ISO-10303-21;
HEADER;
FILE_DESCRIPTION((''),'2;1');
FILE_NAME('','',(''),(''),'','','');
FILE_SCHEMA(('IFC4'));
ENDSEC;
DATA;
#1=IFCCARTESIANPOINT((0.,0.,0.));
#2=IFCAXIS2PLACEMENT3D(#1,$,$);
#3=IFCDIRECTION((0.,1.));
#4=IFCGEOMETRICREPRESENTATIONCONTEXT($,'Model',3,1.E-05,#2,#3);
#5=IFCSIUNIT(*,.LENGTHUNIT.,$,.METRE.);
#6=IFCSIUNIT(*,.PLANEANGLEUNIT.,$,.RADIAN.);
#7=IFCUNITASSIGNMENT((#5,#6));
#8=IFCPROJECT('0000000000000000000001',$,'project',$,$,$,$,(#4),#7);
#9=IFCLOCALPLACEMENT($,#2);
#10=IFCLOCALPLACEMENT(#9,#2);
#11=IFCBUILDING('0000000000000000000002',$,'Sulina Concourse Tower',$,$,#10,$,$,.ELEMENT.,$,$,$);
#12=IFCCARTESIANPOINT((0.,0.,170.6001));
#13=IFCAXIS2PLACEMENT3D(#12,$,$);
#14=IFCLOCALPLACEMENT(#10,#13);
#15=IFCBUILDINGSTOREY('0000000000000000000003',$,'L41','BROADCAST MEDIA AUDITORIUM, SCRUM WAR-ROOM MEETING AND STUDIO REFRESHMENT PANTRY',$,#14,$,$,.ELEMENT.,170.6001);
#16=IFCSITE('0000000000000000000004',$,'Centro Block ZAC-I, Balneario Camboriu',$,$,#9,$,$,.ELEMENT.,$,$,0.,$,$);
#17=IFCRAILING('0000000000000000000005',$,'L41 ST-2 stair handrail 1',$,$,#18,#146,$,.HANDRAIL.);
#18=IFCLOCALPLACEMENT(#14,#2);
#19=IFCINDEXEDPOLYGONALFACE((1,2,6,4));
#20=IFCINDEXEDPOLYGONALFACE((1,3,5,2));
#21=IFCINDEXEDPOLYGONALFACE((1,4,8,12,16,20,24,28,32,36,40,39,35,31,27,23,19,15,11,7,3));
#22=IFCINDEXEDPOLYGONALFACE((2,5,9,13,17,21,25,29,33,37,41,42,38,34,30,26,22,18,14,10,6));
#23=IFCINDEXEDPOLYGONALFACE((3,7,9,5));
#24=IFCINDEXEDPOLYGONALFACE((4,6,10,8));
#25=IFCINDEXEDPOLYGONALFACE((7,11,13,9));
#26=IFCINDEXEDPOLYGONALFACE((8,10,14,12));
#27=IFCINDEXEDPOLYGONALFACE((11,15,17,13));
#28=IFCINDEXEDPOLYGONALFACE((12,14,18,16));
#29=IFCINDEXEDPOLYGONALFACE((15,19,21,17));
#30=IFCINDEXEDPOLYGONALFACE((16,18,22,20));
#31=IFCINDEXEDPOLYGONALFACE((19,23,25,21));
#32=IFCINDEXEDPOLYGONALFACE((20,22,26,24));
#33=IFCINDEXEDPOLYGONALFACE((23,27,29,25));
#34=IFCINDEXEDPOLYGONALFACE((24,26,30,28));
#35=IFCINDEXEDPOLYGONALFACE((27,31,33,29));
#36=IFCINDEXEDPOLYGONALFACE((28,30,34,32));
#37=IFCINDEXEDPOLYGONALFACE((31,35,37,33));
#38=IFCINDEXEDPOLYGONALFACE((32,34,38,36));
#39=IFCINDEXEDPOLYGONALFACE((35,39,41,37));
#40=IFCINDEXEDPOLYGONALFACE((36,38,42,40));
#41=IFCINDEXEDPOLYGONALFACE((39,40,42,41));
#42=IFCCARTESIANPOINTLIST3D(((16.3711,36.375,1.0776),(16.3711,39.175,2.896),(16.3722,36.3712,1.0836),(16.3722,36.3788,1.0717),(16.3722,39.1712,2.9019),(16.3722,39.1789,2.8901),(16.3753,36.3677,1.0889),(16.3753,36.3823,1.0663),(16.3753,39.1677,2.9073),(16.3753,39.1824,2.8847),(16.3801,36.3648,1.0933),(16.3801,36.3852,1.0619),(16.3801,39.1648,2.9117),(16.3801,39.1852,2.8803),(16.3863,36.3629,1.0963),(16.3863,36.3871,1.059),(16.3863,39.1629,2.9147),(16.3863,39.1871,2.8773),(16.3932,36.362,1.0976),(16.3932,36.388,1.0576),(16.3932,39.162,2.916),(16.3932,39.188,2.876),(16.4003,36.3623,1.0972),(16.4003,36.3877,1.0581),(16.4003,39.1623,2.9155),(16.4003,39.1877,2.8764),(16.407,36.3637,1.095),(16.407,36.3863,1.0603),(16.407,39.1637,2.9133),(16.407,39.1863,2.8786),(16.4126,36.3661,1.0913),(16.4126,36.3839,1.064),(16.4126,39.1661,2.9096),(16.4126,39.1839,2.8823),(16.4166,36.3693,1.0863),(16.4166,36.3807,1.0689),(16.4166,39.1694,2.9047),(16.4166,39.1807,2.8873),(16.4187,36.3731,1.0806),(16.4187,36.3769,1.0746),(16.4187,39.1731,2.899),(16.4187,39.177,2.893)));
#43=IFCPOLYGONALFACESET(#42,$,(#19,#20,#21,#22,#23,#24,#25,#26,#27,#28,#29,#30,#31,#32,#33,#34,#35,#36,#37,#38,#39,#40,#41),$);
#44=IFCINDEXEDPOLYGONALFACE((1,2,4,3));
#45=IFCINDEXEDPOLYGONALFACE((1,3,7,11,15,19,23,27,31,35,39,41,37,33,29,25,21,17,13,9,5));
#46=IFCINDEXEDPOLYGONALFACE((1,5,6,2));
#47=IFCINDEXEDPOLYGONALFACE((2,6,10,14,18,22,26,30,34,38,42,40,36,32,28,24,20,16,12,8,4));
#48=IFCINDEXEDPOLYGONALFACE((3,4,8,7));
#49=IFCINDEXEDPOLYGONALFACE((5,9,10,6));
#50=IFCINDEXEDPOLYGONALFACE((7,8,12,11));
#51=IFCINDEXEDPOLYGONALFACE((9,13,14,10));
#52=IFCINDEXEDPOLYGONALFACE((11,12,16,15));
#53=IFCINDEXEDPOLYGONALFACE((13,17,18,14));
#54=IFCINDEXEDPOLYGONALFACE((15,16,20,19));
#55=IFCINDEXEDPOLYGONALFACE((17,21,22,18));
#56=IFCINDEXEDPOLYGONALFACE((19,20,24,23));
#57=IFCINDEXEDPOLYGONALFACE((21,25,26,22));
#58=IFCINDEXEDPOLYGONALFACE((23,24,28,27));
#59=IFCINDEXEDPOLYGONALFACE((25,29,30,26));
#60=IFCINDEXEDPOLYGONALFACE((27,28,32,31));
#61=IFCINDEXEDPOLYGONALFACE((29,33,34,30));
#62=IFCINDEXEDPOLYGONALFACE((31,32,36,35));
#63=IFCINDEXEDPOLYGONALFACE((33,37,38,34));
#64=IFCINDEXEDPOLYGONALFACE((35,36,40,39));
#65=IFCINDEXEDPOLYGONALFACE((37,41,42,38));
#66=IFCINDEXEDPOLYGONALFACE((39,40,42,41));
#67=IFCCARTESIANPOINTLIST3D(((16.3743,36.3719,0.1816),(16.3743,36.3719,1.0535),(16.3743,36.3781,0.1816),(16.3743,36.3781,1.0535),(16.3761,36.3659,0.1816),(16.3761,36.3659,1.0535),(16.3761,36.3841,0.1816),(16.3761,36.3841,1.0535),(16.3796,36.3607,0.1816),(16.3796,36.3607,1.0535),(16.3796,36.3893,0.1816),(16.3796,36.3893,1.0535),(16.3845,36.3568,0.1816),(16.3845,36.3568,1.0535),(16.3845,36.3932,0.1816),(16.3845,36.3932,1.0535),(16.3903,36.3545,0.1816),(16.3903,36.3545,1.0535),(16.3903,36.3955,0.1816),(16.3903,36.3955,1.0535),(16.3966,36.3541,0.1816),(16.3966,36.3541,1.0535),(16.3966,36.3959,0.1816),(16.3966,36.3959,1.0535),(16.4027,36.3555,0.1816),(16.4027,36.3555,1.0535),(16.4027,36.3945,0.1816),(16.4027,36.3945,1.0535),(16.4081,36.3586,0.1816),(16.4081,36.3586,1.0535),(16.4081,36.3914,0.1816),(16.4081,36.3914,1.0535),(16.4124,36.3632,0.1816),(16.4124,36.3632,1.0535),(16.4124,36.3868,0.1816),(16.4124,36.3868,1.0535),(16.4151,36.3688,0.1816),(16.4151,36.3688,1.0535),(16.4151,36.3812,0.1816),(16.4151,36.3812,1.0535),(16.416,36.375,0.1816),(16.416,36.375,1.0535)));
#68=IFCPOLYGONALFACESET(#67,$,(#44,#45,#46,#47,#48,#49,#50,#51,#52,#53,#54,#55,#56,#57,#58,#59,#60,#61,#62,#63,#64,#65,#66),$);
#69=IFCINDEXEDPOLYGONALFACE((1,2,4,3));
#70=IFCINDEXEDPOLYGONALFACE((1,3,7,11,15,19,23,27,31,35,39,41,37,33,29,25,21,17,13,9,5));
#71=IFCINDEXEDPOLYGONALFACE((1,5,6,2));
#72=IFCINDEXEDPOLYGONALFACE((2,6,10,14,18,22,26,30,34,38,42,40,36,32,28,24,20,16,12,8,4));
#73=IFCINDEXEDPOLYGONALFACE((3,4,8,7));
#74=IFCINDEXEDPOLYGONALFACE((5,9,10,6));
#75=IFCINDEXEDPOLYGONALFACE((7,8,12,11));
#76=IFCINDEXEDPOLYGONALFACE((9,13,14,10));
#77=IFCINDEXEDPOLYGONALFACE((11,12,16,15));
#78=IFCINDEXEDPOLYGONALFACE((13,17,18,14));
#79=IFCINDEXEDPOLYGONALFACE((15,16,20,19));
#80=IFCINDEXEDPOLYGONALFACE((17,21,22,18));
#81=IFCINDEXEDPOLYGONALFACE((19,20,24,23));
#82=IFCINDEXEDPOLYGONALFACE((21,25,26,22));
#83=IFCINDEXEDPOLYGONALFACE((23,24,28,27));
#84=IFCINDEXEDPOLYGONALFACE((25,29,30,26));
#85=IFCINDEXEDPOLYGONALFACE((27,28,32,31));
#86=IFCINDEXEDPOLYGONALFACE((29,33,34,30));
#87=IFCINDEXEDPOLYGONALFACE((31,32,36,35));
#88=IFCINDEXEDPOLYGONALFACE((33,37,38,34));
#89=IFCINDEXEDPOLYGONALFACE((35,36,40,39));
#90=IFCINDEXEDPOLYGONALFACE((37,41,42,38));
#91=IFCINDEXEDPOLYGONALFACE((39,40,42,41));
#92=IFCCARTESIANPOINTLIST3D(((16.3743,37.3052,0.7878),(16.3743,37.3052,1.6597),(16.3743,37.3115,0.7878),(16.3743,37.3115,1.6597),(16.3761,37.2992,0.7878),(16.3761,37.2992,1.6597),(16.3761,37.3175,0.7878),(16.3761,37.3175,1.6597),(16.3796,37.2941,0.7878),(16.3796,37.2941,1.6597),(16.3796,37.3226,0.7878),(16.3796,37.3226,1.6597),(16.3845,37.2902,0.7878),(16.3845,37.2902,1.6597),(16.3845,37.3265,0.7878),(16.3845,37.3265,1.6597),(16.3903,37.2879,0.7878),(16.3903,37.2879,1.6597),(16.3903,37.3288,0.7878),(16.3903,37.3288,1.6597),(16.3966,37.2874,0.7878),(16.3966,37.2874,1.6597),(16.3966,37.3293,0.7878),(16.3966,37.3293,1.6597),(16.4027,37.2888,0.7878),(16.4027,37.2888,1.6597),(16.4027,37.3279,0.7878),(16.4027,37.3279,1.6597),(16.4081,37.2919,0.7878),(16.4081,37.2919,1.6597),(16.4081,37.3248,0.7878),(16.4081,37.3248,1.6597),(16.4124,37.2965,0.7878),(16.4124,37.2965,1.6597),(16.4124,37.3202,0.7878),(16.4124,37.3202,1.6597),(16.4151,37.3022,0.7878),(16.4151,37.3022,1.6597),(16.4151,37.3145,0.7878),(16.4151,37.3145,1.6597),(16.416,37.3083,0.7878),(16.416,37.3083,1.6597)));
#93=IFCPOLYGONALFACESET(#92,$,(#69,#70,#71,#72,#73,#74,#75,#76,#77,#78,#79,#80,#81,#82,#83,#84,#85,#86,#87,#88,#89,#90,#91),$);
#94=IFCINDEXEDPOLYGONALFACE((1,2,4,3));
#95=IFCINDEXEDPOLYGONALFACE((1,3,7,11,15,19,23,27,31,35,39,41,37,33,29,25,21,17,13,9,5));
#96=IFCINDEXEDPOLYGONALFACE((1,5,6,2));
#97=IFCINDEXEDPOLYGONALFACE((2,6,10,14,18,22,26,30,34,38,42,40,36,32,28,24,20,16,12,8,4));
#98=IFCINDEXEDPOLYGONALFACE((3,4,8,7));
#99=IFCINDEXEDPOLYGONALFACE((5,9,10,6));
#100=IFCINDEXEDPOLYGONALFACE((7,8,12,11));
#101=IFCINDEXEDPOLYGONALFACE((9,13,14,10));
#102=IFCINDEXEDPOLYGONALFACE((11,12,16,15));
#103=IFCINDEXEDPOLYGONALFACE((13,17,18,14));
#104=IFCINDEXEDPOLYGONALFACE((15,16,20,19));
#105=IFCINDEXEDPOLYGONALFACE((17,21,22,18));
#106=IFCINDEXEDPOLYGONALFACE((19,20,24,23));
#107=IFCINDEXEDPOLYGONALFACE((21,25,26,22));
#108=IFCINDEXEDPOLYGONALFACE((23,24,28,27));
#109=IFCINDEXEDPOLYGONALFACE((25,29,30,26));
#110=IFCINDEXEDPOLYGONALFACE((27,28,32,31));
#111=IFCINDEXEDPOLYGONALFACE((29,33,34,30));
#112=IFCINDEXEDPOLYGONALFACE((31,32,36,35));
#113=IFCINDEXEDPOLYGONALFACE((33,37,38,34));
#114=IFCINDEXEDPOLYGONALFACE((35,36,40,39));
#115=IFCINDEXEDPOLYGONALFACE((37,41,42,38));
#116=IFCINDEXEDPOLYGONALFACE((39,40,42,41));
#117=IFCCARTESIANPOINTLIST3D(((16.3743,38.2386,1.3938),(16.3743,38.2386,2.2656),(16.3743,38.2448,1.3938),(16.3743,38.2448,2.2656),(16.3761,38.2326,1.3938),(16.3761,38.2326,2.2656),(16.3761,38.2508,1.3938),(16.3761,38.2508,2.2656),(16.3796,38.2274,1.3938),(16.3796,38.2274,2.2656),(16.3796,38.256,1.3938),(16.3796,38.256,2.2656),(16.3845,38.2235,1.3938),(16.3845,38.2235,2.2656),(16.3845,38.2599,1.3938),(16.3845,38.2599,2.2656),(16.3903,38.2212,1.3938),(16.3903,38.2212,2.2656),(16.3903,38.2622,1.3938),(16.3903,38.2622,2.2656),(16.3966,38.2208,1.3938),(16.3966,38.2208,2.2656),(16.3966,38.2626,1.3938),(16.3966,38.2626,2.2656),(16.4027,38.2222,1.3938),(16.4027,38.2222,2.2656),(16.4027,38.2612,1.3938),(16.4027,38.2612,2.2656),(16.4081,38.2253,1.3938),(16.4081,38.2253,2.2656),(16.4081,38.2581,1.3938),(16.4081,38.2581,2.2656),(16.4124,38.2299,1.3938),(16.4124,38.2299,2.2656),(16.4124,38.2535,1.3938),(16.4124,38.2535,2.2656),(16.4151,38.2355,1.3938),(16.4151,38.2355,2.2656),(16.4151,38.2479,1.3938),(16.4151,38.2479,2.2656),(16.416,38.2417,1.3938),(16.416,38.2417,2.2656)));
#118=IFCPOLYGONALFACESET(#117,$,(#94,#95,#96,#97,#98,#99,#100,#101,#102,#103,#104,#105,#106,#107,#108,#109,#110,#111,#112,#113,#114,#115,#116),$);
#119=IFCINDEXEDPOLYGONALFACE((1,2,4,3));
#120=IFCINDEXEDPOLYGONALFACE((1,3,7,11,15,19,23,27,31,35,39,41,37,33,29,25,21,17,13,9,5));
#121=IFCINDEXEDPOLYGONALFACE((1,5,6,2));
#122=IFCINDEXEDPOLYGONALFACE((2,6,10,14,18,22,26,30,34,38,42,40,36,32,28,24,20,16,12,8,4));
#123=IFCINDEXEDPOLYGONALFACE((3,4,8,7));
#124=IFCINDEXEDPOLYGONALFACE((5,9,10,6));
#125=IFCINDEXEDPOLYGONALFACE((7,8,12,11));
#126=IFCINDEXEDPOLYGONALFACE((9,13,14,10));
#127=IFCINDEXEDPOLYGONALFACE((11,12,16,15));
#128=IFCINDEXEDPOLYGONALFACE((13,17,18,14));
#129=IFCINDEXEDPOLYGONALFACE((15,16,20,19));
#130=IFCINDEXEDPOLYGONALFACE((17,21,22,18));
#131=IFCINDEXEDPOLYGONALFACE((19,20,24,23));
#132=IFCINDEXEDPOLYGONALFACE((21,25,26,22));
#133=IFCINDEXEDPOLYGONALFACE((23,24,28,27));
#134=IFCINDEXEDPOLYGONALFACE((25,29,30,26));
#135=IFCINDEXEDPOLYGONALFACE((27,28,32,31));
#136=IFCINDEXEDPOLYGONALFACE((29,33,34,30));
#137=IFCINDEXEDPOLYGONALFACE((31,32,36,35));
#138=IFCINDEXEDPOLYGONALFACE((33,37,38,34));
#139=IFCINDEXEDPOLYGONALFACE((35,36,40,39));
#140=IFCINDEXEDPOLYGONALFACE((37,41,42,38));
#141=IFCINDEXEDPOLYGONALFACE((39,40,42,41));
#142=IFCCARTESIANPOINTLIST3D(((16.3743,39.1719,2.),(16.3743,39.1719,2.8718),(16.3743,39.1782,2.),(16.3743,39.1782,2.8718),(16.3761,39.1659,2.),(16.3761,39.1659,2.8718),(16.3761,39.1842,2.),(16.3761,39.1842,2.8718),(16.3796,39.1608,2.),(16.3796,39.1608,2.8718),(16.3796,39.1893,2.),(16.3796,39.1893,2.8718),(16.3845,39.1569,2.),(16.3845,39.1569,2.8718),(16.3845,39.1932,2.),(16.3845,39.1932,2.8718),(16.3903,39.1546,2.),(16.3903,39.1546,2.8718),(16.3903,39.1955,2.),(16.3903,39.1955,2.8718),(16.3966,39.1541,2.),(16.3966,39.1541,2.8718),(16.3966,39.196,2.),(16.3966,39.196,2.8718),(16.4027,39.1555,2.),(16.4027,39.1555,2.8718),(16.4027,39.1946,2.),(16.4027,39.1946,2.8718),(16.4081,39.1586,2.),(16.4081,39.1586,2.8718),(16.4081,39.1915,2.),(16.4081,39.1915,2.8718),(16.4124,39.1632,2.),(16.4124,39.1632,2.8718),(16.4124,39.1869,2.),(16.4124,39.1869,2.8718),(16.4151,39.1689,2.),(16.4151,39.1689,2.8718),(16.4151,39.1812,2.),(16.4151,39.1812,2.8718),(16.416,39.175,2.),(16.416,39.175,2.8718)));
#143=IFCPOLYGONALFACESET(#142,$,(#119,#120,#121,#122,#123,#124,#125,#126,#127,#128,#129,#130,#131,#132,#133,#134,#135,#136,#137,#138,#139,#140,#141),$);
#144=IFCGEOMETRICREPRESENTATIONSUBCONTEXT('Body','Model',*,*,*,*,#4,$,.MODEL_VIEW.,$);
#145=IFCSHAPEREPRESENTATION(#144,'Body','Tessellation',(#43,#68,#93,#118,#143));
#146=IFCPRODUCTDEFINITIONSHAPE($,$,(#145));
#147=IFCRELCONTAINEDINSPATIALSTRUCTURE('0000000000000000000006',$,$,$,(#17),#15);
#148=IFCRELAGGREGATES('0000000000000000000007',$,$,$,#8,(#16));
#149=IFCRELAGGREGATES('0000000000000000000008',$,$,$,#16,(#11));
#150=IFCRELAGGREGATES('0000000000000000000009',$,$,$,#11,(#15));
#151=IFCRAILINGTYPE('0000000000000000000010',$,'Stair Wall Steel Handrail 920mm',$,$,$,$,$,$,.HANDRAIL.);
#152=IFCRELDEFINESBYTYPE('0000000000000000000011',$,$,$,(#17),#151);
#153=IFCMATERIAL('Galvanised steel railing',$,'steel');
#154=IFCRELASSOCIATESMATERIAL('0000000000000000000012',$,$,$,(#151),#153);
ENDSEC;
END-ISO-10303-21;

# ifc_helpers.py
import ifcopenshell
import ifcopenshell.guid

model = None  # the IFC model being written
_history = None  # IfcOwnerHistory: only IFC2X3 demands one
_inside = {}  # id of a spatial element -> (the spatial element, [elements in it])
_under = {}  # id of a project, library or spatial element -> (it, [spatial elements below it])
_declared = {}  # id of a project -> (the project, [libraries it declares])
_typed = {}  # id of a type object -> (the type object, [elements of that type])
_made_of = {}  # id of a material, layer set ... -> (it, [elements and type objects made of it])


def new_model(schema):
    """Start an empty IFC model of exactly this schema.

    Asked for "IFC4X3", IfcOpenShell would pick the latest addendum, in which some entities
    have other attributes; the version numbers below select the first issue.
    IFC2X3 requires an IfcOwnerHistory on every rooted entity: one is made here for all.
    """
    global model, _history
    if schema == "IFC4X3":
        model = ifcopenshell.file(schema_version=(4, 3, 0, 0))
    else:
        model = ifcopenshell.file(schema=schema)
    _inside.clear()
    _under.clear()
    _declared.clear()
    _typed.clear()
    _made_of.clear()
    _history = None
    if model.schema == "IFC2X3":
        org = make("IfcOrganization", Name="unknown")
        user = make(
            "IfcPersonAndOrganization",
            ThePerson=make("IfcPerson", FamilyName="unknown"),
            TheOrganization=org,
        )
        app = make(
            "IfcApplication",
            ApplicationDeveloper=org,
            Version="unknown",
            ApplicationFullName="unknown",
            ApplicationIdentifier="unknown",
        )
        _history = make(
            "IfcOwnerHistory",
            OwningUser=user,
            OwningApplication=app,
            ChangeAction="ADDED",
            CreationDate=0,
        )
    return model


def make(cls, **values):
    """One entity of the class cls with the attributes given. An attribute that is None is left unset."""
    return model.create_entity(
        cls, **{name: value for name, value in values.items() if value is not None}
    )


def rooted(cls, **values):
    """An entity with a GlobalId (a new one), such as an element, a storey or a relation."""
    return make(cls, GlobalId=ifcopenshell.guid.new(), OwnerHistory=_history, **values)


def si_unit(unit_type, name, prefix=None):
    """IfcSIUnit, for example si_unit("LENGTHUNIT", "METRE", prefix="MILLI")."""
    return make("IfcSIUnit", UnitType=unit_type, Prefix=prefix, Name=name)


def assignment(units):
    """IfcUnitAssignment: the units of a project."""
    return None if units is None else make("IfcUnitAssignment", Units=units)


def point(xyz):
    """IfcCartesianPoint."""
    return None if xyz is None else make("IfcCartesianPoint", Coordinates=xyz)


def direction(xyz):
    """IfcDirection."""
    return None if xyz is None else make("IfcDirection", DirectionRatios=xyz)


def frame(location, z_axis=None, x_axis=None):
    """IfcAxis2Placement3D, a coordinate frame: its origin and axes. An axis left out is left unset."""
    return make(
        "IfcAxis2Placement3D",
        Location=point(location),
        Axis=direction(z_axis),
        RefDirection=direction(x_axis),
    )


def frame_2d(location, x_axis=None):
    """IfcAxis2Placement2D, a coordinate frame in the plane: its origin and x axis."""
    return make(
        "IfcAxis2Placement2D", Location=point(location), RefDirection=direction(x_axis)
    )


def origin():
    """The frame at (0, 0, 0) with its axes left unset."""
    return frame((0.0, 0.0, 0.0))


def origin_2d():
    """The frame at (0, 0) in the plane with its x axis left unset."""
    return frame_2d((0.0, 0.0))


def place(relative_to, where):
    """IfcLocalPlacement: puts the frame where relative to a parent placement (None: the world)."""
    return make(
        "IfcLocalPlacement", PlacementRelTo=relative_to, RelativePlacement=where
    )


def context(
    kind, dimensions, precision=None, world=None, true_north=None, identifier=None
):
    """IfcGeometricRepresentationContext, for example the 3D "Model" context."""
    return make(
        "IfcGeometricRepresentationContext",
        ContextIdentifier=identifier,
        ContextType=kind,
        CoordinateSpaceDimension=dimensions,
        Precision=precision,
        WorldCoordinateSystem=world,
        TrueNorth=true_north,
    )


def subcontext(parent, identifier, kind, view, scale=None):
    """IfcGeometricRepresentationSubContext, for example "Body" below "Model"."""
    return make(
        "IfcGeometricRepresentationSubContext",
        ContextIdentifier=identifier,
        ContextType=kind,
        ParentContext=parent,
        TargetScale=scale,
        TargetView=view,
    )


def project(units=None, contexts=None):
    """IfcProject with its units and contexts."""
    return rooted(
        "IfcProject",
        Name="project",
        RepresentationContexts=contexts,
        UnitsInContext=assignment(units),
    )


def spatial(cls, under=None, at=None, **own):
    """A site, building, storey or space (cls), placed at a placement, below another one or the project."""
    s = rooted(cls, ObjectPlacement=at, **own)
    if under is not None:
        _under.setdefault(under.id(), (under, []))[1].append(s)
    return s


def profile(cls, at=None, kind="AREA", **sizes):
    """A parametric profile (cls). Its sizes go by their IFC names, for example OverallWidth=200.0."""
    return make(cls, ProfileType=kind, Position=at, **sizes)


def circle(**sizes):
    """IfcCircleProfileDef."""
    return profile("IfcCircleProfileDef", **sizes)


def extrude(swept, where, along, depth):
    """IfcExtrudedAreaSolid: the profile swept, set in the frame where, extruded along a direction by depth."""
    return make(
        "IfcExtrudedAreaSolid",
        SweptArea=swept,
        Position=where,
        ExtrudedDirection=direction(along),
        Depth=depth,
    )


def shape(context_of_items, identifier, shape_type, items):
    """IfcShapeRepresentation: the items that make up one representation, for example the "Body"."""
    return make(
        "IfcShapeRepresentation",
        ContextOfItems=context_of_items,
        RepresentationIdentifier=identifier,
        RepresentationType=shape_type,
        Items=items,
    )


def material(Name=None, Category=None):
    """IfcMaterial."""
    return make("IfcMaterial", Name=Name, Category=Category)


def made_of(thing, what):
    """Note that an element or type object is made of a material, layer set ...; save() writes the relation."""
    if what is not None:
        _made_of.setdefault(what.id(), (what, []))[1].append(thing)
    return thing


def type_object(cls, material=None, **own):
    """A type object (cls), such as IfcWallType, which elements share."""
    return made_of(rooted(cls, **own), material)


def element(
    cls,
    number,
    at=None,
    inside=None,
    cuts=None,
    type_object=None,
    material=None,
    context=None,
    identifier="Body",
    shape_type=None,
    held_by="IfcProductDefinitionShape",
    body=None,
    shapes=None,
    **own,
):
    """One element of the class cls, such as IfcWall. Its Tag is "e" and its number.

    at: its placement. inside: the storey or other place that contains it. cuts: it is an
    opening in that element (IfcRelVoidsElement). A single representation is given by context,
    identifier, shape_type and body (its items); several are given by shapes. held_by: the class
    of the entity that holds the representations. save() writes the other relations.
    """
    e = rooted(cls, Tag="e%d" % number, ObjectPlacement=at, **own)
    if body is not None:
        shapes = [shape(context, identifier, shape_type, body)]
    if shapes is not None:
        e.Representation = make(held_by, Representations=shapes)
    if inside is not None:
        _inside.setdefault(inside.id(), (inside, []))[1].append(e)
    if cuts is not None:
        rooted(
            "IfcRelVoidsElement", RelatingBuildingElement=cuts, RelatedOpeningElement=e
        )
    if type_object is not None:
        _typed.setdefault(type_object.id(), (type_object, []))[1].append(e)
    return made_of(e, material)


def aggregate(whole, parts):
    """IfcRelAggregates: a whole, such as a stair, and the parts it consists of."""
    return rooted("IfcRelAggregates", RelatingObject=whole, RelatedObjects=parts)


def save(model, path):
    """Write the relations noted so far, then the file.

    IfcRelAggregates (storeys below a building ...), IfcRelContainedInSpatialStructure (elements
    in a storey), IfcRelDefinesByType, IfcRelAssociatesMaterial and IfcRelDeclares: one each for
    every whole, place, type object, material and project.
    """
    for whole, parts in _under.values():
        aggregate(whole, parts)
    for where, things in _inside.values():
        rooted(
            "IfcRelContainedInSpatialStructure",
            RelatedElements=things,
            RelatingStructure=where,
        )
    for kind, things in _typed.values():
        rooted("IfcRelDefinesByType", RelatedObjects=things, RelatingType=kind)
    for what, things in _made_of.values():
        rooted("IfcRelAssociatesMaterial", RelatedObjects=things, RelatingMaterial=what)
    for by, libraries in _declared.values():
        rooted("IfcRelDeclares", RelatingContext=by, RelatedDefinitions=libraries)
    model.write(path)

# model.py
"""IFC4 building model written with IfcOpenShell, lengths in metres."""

from ifc_helpers import new_model, si_unit, direction, frame, origin, origin_2d, place, context, subcontext, project, spatial, circle, extrude, material, type_object, element, save


model = new_model("IFC4")

# Units and contexts
model_context = context("Model", 3, precision=1e-05, world=origin(), true_north=direction((0.0, 1.0)))
body_context = subcontext(model_context, "Body", "Model", "MODEL_VIEW")
ifc_project = project(units=[si_unit("LENGTHUNIT", "METRE"), si_unit("PLANEANGLEUNIT", "RADIAN")], contexts=[model_context])

# Site, building, storey
site_placement = place(None, origin())
site = spatial("IfcSite", under=ifc_project, at=site_placement, Name="Centro Block ZAC-I, Balneario Camboriu", CompositionType="ELEMENT", RefElevation=0.0)
building_placement = place(site_placement, origin())
building = spatial("IfcBuilding", under=site, at=building_placement, Name="Sulina Concourse Tower", CompositionType="ELEMENT")
storey_placement = place(building_placement, frame((0.0, 0.0, 170.6001)))
storey = spatial("IfcBuildingStorey", under=building, at=storey_placement, Name="L41", Description="BROADCAST MEDIA AUDITORIUM, SCRUM WAR-ROOM MEETING AND STUDIO REFRESHMENT PANTRY", CompositionType="ELEMENT", Elevation=170.6001)

# Railing
ifc_material_1 = material(Name="Galvanised steel railing", Category="steel")
railing_type_1 = type_object("IfcRailingType", Name="Stair Wall Steel Handrail 920mm", PredefinedType="HANDRAIL", material=ifc_material_1)
railing_1_placement = place(storey_placement, frame((16.395, 36.375, 0.1816)))
element("IfcRailing", 1, at=railing_1_placement, inside=storey, type_object=railing_type_1, Name="L41 ST-2 stair handrail 1", PredefinedType="HANDRAIL", context=body_context, shape_type="SweptSolid", body=[
    extrude(circle(Radius=0.0239, at=origin_2d()), frame((0.0, 0.0, 0.896), z_axis=(0.0, 0.838672, 0.544636), x_axis=(-1.0, 0.0, 0.0)), (0.0, 0.0, 1.0), 3.3386),
    extrude(circle(Radius=0.021, at=origin_2d()), origin(), (0.0, 0.0, 1.0), 0.8718),
    extrude(circle(Radius=0.021, at=origin_2d()), frame((0.0, 0.9333, 0.6062)), (0.0, 0.0, 1.0), 0.8718),
    extrude(circle(Radius=0.021, at=origin_2d()), frame((0.0, 1.8667, 1.2122)), (0.0, 0.0, 1.0), 0.8718),
    extrude(circle(Radius=0.021, at=origin_2d()), frame((0.0, 2.8, 1.8184)), (0.0, 0.0, 1.0), 0.8718),
])

save(model, "model.ifc")
